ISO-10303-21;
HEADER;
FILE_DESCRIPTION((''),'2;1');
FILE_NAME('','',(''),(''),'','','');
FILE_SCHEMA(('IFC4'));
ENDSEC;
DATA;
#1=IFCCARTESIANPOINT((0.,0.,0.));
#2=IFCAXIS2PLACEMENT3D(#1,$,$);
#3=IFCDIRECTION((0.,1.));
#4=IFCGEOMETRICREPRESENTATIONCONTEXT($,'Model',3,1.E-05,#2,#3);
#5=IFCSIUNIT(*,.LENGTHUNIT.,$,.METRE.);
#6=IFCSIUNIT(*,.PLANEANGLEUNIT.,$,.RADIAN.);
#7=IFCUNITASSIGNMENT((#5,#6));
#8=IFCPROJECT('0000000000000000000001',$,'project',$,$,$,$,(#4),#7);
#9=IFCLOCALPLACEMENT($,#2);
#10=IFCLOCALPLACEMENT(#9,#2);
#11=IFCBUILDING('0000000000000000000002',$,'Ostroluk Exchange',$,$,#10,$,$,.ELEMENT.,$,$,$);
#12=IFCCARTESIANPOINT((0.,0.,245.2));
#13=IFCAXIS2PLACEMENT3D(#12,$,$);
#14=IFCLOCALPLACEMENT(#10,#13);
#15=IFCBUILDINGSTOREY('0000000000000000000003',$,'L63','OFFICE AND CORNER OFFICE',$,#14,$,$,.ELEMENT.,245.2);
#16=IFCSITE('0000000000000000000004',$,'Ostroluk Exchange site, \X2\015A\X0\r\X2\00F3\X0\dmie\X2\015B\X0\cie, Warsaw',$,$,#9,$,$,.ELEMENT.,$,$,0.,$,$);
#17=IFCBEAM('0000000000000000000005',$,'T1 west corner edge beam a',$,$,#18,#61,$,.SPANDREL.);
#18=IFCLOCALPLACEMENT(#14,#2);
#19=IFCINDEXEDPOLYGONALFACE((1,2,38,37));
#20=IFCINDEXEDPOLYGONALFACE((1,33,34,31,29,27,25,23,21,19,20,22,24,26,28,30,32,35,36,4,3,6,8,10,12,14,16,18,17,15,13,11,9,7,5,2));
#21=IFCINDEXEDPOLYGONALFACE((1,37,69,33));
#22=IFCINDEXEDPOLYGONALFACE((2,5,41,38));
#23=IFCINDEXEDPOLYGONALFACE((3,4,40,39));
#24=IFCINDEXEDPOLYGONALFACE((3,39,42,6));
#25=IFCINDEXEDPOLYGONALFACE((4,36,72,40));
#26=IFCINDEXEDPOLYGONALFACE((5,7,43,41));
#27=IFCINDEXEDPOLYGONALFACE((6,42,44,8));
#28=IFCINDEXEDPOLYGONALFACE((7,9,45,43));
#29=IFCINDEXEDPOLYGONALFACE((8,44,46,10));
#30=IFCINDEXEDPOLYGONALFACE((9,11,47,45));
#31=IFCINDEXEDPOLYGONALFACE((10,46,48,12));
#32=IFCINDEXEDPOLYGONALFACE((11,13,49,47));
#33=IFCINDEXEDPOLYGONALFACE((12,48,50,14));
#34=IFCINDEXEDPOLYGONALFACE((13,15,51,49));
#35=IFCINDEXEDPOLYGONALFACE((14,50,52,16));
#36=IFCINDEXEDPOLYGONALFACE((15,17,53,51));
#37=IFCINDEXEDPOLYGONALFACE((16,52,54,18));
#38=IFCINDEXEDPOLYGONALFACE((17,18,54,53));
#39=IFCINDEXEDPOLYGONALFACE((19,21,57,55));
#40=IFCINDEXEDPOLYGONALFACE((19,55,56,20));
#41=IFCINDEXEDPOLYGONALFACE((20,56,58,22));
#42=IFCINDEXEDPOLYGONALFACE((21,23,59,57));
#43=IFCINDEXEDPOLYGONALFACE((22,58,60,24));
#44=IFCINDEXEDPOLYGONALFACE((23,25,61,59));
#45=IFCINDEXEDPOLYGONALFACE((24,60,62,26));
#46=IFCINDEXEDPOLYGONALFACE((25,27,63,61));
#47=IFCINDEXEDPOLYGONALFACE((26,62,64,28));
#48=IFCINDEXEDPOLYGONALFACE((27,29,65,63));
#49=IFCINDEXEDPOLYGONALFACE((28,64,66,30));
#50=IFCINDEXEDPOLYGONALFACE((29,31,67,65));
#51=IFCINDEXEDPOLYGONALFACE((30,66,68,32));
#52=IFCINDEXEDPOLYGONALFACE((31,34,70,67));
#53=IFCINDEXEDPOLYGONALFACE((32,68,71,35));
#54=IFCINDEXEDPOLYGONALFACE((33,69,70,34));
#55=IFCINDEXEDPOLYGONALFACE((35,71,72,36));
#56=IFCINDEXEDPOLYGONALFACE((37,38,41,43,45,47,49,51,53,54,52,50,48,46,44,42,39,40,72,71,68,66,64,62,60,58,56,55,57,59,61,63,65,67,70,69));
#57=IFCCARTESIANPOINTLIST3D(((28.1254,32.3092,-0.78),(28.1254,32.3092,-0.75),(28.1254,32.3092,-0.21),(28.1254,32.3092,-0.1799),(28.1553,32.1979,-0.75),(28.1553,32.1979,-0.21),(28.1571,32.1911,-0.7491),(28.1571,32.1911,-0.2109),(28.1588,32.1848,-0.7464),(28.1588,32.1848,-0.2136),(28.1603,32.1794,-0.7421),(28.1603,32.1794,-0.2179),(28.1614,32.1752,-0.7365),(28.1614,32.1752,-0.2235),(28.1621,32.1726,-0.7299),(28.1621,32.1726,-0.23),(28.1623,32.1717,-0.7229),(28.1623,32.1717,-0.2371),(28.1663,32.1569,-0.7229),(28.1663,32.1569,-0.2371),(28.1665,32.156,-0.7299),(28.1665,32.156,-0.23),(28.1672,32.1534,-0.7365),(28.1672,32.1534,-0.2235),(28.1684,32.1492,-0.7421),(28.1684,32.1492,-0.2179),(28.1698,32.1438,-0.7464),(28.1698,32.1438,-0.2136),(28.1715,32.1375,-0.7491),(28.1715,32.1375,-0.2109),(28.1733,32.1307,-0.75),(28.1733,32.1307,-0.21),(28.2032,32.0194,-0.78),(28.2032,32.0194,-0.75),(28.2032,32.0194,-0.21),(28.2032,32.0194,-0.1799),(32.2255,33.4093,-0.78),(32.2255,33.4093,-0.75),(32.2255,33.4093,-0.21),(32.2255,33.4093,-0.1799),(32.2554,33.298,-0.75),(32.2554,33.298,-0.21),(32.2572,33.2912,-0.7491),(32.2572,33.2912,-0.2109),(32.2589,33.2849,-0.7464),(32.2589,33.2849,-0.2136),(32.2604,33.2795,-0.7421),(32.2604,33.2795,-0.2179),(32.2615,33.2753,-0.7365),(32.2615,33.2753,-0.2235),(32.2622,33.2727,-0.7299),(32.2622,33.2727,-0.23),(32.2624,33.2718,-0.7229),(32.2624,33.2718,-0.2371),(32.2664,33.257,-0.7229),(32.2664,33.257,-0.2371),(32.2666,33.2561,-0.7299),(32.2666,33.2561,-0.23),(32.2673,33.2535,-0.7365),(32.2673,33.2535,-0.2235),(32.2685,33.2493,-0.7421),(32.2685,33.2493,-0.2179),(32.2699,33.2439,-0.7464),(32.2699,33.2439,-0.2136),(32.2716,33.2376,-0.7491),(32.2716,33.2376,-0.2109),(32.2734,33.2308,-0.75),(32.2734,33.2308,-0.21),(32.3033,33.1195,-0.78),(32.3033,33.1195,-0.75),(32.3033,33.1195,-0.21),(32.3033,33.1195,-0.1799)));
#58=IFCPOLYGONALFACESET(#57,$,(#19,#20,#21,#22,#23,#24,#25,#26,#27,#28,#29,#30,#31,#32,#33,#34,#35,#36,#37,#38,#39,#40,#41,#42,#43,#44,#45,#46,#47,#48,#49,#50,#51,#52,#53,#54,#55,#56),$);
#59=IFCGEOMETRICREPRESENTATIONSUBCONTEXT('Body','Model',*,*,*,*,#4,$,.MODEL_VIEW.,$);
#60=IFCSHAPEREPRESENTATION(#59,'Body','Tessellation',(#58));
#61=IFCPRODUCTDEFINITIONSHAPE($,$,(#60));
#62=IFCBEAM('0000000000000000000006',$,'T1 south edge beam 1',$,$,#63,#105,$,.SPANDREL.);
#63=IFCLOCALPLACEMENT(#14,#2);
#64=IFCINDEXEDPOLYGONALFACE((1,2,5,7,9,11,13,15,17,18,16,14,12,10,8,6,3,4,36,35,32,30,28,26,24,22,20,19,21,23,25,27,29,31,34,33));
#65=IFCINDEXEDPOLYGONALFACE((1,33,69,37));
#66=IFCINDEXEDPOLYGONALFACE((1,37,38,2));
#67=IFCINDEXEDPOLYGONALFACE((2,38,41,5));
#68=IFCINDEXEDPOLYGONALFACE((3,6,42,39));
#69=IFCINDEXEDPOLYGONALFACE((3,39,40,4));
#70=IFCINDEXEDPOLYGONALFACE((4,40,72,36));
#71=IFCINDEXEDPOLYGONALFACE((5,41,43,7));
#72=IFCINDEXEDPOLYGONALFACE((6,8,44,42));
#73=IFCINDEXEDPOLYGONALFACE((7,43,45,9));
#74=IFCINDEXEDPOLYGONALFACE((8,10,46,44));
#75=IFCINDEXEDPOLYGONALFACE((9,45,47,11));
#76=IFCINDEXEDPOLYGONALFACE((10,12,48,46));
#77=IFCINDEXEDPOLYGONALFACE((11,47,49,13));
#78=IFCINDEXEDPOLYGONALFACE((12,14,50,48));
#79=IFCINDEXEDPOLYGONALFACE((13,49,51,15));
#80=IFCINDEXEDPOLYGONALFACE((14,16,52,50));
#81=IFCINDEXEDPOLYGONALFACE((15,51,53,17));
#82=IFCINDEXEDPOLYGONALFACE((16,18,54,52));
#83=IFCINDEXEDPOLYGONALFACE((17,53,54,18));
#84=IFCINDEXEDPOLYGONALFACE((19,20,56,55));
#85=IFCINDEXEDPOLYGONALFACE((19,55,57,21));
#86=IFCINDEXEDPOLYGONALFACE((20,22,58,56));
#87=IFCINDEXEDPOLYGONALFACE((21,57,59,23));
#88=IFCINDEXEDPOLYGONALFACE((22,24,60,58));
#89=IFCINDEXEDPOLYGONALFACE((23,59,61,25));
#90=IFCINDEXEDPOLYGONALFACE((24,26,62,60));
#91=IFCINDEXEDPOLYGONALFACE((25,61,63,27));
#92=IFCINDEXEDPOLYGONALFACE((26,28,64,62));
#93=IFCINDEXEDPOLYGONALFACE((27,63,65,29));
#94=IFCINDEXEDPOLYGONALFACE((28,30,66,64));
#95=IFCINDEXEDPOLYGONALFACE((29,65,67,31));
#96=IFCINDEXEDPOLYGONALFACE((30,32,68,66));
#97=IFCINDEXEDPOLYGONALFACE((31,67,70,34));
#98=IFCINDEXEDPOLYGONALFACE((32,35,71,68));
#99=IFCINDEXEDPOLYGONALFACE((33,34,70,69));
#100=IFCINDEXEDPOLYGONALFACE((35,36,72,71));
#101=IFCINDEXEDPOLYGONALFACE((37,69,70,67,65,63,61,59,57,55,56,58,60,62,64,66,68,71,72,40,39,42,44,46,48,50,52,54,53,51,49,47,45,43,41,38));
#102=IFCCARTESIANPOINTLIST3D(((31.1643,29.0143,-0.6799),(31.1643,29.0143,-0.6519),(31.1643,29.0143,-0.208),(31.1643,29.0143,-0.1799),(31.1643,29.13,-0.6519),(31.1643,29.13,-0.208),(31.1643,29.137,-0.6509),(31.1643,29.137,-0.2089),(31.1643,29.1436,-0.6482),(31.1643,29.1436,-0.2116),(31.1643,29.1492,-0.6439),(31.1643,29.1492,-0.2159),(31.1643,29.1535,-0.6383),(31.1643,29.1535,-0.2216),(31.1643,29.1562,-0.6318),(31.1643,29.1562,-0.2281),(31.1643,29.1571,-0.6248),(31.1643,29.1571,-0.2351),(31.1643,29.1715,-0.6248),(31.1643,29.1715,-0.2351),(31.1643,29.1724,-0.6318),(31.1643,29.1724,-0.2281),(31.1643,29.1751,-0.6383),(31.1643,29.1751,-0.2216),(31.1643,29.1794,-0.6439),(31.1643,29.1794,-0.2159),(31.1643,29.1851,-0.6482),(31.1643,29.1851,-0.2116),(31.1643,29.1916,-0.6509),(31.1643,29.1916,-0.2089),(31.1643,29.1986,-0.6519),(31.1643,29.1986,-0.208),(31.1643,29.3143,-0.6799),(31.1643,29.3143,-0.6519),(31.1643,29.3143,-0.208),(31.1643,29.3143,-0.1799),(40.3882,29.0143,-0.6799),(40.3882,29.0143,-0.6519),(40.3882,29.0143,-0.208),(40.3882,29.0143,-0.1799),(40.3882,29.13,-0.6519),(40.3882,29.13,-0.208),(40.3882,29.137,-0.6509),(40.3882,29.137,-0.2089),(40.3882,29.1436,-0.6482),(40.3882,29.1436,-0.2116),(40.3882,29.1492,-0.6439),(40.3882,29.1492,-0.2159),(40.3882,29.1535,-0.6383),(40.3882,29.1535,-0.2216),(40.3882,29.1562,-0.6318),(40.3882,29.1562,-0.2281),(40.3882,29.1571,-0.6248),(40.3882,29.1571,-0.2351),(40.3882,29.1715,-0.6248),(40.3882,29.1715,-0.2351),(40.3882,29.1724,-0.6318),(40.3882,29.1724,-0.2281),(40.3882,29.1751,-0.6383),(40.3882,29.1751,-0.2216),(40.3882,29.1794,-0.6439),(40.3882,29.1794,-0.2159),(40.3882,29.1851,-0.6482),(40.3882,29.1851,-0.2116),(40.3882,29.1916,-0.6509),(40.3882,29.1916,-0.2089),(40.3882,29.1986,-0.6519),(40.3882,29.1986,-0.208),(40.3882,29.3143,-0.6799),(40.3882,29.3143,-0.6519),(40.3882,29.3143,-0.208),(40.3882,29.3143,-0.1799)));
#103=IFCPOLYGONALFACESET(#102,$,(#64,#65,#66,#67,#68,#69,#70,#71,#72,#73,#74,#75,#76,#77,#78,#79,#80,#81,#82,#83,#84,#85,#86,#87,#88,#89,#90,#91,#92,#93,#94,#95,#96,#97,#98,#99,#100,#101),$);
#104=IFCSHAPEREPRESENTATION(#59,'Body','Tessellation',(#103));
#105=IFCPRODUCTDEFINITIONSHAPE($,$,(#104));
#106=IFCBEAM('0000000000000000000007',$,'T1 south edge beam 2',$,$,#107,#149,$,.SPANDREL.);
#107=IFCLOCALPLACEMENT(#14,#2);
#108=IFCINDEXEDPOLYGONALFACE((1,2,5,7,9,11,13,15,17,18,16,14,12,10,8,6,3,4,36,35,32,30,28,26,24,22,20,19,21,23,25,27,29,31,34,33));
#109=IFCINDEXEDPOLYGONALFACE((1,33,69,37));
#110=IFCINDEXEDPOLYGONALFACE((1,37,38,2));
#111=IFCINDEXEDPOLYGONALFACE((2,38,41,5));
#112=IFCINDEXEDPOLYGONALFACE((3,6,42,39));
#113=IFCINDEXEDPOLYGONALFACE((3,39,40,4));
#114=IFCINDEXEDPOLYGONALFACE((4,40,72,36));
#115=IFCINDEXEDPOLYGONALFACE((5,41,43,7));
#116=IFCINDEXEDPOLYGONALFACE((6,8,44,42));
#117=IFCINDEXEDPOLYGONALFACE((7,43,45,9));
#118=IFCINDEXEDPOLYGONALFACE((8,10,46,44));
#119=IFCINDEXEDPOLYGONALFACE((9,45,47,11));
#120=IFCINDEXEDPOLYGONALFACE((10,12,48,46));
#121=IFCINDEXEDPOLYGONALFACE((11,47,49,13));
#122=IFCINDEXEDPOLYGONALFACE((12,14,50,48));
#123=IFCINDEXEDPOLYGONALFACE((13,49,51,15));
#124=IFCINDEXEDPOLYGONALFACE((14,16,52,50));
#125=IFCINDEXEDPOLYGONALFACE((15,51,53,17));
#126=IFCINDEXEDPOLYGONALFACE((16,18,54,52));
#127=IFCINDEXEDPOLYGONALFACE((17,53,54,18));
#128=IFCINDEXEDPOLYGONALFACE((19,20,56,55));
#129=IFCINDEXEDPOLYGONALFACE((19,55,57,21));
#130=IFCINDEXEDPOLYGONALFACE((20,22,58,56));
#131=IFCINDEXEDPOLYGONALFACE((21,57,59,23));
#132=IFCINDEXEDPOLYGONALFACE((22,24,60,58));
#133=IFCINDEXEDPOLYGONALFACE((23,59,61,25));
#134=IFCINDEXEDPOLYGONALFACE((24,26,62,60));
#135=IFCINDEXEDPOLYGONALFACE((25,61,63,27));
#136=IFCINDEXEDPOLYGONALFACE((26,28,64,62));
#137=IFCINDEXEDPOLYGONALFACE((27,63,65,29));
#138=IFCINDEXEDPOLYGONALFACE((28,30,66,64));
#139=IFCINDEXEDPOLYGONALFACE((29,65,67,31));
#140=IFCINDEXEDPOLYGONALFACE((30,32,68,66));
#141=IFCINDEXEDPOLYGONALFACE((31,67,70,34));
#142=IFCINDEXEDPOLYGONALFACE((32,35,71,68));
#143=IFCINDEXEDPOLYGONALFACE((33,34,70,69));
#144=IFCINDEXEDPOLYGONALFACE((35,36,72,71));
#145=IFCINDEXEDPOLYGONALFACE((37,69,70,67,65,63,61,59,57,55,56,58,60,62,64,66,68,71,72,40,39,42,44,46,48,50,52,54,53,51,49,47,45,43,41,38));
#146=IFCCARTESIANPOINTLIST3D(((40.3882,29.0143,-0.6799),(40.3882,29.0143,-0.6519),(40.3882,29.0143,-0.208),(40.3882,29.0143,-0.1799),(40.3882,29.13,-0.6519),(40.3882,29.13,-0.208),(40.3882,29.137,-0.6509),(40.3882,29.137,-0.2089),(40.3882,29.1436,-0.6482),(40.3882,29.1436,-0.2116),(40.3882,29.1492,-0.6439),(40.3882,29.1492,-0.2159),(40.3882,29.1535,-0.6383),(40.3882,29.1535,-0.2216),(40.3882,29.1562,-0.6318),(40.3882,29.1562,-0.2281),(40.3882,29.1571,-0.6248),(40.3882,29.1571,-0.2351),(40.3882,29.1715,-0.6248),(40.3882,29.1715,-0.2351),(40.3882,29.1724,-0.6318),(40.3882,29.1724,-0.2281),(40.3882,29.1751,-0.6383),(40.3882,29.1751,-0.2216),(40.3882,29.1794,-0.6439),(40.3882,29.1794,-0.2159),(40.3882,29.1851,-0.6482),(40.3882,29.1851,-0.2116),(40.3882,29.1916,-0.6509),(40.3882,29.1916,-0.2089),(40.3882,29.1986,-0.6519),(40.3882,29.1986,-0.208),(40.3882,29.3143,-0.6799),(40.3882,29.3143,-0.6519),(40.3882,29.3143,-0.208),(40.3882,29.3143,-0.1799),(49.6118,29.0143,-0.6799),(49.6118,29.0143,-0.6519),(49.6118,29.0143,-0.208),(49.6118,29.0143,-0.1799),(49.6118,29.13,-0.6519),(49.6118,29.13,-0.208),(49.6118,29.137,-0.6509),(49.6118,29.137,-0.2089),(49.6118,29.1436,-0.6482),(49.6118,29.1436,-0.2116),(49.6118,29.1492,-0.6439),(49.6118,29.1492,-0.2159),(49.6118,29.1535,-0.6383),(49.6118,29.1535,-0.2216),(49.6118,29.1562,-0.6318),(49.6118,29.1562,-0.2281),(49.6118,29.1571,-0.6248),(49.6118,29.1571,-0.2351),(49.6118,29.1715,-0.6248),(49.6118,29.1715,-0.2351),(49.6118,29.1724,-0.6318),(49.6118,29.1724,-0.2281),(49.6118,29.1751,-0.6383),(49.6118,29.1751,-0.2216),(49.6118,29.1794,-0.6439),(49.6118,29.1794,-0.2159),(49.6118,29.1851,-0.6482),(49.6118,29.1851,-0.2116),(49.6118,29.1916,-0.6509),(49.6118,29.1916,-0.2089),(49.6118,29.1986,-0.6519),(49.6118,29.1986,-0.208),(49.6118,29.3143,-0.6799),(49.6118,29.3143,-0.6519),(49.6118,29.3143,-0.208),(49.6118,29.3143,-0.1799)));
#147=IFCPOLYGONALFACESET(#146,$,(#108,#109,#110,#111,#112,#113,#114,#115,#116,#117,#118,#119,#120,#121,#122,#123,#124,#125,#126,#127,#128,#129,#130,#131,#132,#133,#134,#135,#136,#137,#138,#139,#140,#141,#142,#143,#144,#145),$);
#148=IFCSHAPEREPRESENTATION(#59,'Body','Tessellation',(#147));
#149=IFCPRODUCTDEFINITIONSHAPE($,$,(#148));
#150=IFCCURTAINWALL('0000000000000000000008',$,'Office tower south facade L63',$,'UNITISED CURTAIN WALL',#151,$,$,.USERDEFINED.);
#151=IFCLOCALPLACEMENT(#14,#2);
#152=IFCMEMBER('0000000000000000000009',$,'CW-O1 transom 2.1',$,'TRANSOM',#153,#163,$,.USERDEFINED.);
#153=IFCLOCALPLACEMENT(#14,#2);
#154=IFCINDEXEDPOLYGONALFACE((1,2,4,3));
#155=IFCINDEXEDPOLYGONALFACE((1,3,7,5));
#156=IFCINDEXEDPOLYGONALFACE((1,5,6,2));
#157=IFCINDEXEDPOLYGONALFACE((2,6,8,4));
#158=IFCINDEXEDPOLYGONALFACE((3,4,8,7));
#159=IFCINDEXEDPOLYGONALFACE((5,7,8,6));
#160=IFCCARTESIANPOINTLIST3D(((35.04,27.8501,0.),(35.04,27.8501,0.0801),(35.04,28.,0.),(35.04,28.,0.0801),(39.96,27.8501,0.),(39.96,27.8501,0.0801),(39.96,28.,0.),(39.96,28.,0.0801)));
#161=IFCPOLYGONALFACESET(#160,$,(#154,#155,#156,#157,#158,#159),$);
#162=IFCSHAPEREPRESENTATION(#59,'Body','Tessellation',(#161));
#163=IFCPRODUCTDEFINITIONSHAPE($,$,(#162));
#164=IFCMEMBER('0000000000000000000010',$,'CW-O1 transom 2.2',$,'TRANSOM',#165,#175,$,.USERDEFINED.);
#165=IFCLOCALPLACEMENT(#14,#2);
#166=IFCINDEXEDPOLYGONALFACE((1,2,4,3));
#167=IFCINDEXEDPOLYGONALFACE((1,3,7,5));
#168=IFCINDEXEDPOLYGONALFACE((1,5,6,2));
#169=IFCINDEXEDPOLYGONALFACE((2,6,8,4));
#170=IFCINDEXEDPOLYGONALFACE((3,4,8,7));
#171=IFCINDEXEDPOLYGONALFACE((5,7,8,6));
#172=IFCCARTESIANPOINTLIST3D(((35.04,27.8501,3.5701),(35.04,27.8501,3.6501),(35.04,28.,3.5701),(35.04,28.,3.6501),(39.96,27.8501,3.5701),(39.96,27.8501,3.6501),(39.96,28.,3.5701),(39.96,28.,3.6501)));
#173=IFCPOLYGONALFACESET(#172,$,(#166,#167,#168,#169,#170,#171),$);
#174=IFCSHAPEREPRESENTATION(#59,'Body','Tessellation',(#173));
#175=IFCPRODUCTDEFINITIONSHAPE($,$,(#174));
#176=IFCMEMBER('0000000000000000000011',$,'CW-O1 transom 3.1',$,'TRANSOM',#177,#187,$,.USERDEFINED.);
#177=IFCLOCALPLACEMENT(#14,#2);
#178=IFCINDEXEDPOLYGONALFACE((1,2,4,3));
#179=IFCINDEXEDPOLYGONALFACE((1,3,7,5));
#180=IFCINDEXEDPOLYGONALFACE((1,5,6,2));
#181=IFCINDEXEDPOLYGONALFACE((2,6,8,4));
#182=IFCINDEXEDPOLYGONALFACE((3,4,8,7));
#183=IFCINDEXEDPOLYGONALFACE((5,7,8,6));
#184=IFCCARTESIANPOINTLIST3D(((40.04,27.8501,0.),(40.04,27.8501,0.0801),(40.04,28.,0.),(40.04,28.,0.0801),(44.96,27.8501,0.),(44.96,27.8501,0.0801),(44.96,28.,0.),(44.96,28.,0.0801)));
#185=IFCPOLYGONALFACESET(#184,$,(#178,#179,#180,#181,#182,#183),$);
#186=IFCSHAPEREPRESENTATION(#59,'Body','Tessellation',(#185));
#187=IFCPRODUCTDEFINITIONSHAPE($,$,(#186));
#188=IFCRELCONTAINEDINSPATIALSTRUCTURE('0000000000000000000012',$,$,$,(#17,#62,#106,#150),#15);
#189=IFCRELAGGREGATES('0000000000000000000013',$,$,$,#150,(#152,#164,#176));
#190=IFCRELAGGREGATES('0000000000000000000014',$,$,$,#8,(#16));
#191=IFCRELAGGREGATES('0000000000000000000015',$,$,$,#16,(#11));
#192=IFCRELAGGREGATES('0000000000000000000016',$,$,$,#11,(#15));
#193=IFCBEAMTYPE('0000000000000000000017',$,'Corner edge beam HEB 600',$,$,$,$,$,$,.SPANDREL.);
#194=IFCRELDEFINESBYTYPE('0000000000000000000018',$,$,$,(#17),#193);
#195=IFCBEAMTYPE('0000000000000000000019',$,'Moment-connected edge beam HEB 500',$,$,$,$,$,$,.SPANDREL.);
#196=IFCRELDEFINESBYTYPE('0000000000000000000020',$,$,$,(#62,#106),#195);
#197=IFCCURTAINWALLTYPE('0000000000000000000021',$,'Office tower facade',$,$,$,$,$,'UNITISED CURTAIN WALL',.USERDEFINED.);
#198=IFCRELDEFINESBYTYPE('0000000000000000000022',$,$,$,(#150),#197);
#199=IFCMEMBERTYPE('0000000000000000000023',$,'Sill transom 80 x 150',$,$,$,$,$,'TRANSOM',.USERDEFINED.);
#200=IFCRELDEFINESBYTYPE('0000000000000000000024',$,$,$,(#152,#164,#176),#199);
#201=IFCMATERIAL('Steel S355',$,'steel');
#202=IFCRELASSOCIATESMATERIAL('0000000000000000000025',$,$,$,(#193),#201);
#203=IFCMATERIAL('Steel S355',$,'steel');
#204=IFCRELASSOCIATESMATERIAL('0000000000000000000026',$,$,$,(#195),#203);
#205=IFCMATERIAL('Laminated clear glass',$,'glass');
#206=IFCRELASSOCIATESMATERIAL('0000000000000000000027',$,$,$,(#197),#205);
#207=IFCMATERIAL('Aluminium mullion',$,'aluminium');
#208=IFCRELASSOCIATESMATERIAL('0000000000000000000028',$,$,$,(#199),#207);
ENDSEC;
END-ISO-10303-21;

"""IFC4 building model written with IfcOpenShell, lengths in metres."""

from ifc_helpers import new_model, si_unit, direction, frame, origin, origin_2d, place, context, subcontext, project, spatial, rectangle, i_section, extrude, material, material_profile, profile_set, type_object, element, aggregate, save


model = new_model("IFC4")

# Units and contexts
model_context = context("Model", 3, precision=1e-05, world=origin(), true_north=direction((0.0, 1.0)))
body_context = subcontext(model_context, "Body", "Model", "MODEL_VIEW")
ifc_project = project(units=[si_unit("LENGTHUNIT", "METRE"), si_unit("PLANEANGLEUNIT", "RADIAN")], contexts=[model_context])

# Site, building, storey
site_placement = place(None, origin())
site = spatial("IfcSite", under=ifc_project, at=site_placement, Name="Ostroluk Exchange site, Śródmieście, Warsaw", CompositionType="ELEMENT", RefElevation=0.0)
building_placement = place(site_placement, origin())
building = spatial("IfcBuilding", under=site, at=building_placement, Name="Ostroluk Exchange", CompositionType="ELEMENT")
storey_placement = place(building_placement, frame((0.0, 0.0, 245.2)))
storey = spatial("IfcBuildingStorey", under=building, at=storey_placement, Name="L63", Description="OFFICE AND CORNER OFFICE", CompositionType="ELEMENT", Elevation=245.2)

# Beams
ifc_material_1 = material(Name="Steel S355", Category="steel")
ifc_material_profile_1 = material_profile(ifc_material_1, i_section(OverallWidth=0.3, OverallDepth=0.6001, WebThickness=0.0154, FlangeThickness=0.03, FilletRadius=0.0271, at=origin_2d()), Name="HEB 600")
ifc_profile_set_1 = profile_set([ifc_material_profile_1], Name="Steel S355")
beam_type_1 = type_object("IfcBeamType", Name="Corner edge beam HEB 600", PredefinedType="SPANDREL", material=ifc_profile_set_1)
beam_1_placement = place(storey_placement, frame((32.2644, 33.2644, -0.48), z_axis=(-0.965839, -0.259144, 0.0), x_axis=(0.259144, -0.965839, 0.0)))
element("IfcBeam", 1, at=beam_1_placement, inside=storey, type_object=beam_type_1, Name="T1 west corner edge beam a", PredefinedType="SPANDREL", context=body_context, shape_type="SweptSolid", body=[
    extrude(i_section(OverallWidth=0.3, OverallDepth=0.6001, WebThickness=0.0154, FlangeThickness=0.03, FilletRadius=0.0271, at=origin_2d()), origin(), (0.0, 0.0, 1.0), 4.2451),
])
ifc_material_2 = material(Name="Steel S355", Category="steel")
ifc_material_profile_2 = material_profile(ifc_material_2, i_section(OverallWidth=0.3, OverallDepth=0.5, WebThickness=0.0144, FlangeThickness=0.0281, FilletRadius=0.0271, at=origin_2d()), Name="HEB 500")
ifc_profile_set_2 = profile_set([ifc_material_profile_2], Name="Steel S355")
beam_type_2 = type_object("IfcBeamType", Name="Moment-connected edge beam HEB 500", PredefinedType="SPANDREL", material=ifc_profile_set_2)
beam_2_placement = place(storey_placement, frame((31.1643, 29.1643, -0.4299), z_axis=(1.0, 0.0, 0.0), x_axis=(0.0, 1.0, 0.0)))
element("IfcBeam", 2, at=beam_2_placement, inside=storey, type_object=beam_type_2, Name="T1 south edge beam 1", PredefinedType="SPANDREL", context=body_context, shape_type="SweptSolid", body=[
    extrude(i_section(OverallWidth=0.3, OverallDepth=0.5, WebThickness=0.0144, FlangeThickness=0.0281, FilletRadius=0.0271, at=origin_2d()), origin(), (0.0, 0.0, 1.0), 9.2239),
])
beam_3_placement = place(storey_placement, frame((40.3882, 29.1643, -0.4299), z_axis=(1.0, 0.0, 0.0), x_axis=(0.0, 1.0, 0.0)))
element("IfcBeam", 3, at=beam_3_placement, inside=storey, type_object=beam_type_2, Name="T1 south edge beam 2", PredefinedType="SPANDREL", context=body_context, shape_type="SweptSolid", body=[
    extrude(i_section(OverallWidth=0.3, OverallDepth=0.5, WebThickness=0.0144, FlangeThickness=0.0281, FilletRadius=0.0271, at=origin_2d()), origin(), (0.0, 0.0, 1.0), 9.2236),
])

# Curtain wall, members
ifc_material_3 = material(Name="Laminated clear glass", Category="glass")
curtain_wall_type = type_object("IfcCurtainWallType", Name="Office tower facade", ElementType="UNITISED CURTAIN WALL", PredefinedType="USERDEFINED", material=ifc_material_3)
curtain_wall_placement = place(storey_placement, origin())
curtain_wall = element("IfcCurtainWall", 4, at=curtain_wall_placement, inside=storey, type_object=curtain_wall_type, Name="Office tower south facade L63", ObjectType="UNITISED CURTAIN WALL", PredefinedType="USERDEFINED")
ifc_material_4 = material(Name="Aluminium mullion", Category="aluminium")
ifc_material_profile_3 = material_profile(ifc_material_4, rectangle(XDim=0.1499, YDim=0.0801, at=origin_2d()), Name="Sill transom 80 x 150")
ifc_profile_set_3 = profile_set([ifc_material_profile_3], Name="Aluminium mullion")
member_type_1 = type_object("IfcMemberType", Name="Sill transom 80 x 150", ElementType="TRANSOM", PredefinedType="USERDEFINED", material=ifc_profile_set_3)
member_1_placement = place(storey_placement, frame((35.04, 27.925, 0.04), z_axis=(1.0, 0.0, 0.0), x_axis=(0.0, 1.0, 0.0)))
member_1 = element("IfcMember", 5, at=member_1_placement, type_object=member_type_1, Name="CW-O1 transom 2.1", ObjectType="TRANSOM", PredefinedType="USERDEFINED", context=body_context, shape_type="SweptSolid", body=[
    extrude(rectangle(XDim=0.1499, YDim=0.0801, at=origin_2d()), origin(), (0.0, 0.0, 1.0), 4.9199),
])
member_2_placement = place(storey_placement, frame((35.04, 27.925, 3.6101), z_axis=(1.0, 0.0, 0.0), x_axis=(0.0, 1.0, 0.0)))
member_2 = element("IfcMember", 6, at=member_2_placement, type_object=member_type_1, Name="CW-O1 transom 2.2", ObjectType="TRANSOM", PredefinedType="USERDEFINED", context=body_context, shape_type="SweptSolid", body=[
    extrude(rectangle(XDim=0.1499, YDim=0.0801, at=origin_2d()), origin(), (0.0, 0.0, 1.0), 4.9199),
])
member_3_placement = place(storey_placement, frame((40.04, 27.925, 0.04), z_axis=(1.0, 0.0, 0.0), x_axis=(0.0, 1.0, 0.0)))
member_3 = element("IfcMember", 7, at=member_3_placement, type_object=member_type_1, Name="CW-O1 transom 3.1", ObjectType="TRANSOM", PredefinedType="USERDEFINED", context=body_context, shape_type="SweptSolid", body=[
    extrude(rectangle(XDim=0.1499, YDim=0.0801, at=origin_2d()), origin(), (0.0, 0.0, 1.0), 4.9199),
])
aggregate(curtain_wall, [member_1, member_2, member_3])

save(model, "model.ifc")
